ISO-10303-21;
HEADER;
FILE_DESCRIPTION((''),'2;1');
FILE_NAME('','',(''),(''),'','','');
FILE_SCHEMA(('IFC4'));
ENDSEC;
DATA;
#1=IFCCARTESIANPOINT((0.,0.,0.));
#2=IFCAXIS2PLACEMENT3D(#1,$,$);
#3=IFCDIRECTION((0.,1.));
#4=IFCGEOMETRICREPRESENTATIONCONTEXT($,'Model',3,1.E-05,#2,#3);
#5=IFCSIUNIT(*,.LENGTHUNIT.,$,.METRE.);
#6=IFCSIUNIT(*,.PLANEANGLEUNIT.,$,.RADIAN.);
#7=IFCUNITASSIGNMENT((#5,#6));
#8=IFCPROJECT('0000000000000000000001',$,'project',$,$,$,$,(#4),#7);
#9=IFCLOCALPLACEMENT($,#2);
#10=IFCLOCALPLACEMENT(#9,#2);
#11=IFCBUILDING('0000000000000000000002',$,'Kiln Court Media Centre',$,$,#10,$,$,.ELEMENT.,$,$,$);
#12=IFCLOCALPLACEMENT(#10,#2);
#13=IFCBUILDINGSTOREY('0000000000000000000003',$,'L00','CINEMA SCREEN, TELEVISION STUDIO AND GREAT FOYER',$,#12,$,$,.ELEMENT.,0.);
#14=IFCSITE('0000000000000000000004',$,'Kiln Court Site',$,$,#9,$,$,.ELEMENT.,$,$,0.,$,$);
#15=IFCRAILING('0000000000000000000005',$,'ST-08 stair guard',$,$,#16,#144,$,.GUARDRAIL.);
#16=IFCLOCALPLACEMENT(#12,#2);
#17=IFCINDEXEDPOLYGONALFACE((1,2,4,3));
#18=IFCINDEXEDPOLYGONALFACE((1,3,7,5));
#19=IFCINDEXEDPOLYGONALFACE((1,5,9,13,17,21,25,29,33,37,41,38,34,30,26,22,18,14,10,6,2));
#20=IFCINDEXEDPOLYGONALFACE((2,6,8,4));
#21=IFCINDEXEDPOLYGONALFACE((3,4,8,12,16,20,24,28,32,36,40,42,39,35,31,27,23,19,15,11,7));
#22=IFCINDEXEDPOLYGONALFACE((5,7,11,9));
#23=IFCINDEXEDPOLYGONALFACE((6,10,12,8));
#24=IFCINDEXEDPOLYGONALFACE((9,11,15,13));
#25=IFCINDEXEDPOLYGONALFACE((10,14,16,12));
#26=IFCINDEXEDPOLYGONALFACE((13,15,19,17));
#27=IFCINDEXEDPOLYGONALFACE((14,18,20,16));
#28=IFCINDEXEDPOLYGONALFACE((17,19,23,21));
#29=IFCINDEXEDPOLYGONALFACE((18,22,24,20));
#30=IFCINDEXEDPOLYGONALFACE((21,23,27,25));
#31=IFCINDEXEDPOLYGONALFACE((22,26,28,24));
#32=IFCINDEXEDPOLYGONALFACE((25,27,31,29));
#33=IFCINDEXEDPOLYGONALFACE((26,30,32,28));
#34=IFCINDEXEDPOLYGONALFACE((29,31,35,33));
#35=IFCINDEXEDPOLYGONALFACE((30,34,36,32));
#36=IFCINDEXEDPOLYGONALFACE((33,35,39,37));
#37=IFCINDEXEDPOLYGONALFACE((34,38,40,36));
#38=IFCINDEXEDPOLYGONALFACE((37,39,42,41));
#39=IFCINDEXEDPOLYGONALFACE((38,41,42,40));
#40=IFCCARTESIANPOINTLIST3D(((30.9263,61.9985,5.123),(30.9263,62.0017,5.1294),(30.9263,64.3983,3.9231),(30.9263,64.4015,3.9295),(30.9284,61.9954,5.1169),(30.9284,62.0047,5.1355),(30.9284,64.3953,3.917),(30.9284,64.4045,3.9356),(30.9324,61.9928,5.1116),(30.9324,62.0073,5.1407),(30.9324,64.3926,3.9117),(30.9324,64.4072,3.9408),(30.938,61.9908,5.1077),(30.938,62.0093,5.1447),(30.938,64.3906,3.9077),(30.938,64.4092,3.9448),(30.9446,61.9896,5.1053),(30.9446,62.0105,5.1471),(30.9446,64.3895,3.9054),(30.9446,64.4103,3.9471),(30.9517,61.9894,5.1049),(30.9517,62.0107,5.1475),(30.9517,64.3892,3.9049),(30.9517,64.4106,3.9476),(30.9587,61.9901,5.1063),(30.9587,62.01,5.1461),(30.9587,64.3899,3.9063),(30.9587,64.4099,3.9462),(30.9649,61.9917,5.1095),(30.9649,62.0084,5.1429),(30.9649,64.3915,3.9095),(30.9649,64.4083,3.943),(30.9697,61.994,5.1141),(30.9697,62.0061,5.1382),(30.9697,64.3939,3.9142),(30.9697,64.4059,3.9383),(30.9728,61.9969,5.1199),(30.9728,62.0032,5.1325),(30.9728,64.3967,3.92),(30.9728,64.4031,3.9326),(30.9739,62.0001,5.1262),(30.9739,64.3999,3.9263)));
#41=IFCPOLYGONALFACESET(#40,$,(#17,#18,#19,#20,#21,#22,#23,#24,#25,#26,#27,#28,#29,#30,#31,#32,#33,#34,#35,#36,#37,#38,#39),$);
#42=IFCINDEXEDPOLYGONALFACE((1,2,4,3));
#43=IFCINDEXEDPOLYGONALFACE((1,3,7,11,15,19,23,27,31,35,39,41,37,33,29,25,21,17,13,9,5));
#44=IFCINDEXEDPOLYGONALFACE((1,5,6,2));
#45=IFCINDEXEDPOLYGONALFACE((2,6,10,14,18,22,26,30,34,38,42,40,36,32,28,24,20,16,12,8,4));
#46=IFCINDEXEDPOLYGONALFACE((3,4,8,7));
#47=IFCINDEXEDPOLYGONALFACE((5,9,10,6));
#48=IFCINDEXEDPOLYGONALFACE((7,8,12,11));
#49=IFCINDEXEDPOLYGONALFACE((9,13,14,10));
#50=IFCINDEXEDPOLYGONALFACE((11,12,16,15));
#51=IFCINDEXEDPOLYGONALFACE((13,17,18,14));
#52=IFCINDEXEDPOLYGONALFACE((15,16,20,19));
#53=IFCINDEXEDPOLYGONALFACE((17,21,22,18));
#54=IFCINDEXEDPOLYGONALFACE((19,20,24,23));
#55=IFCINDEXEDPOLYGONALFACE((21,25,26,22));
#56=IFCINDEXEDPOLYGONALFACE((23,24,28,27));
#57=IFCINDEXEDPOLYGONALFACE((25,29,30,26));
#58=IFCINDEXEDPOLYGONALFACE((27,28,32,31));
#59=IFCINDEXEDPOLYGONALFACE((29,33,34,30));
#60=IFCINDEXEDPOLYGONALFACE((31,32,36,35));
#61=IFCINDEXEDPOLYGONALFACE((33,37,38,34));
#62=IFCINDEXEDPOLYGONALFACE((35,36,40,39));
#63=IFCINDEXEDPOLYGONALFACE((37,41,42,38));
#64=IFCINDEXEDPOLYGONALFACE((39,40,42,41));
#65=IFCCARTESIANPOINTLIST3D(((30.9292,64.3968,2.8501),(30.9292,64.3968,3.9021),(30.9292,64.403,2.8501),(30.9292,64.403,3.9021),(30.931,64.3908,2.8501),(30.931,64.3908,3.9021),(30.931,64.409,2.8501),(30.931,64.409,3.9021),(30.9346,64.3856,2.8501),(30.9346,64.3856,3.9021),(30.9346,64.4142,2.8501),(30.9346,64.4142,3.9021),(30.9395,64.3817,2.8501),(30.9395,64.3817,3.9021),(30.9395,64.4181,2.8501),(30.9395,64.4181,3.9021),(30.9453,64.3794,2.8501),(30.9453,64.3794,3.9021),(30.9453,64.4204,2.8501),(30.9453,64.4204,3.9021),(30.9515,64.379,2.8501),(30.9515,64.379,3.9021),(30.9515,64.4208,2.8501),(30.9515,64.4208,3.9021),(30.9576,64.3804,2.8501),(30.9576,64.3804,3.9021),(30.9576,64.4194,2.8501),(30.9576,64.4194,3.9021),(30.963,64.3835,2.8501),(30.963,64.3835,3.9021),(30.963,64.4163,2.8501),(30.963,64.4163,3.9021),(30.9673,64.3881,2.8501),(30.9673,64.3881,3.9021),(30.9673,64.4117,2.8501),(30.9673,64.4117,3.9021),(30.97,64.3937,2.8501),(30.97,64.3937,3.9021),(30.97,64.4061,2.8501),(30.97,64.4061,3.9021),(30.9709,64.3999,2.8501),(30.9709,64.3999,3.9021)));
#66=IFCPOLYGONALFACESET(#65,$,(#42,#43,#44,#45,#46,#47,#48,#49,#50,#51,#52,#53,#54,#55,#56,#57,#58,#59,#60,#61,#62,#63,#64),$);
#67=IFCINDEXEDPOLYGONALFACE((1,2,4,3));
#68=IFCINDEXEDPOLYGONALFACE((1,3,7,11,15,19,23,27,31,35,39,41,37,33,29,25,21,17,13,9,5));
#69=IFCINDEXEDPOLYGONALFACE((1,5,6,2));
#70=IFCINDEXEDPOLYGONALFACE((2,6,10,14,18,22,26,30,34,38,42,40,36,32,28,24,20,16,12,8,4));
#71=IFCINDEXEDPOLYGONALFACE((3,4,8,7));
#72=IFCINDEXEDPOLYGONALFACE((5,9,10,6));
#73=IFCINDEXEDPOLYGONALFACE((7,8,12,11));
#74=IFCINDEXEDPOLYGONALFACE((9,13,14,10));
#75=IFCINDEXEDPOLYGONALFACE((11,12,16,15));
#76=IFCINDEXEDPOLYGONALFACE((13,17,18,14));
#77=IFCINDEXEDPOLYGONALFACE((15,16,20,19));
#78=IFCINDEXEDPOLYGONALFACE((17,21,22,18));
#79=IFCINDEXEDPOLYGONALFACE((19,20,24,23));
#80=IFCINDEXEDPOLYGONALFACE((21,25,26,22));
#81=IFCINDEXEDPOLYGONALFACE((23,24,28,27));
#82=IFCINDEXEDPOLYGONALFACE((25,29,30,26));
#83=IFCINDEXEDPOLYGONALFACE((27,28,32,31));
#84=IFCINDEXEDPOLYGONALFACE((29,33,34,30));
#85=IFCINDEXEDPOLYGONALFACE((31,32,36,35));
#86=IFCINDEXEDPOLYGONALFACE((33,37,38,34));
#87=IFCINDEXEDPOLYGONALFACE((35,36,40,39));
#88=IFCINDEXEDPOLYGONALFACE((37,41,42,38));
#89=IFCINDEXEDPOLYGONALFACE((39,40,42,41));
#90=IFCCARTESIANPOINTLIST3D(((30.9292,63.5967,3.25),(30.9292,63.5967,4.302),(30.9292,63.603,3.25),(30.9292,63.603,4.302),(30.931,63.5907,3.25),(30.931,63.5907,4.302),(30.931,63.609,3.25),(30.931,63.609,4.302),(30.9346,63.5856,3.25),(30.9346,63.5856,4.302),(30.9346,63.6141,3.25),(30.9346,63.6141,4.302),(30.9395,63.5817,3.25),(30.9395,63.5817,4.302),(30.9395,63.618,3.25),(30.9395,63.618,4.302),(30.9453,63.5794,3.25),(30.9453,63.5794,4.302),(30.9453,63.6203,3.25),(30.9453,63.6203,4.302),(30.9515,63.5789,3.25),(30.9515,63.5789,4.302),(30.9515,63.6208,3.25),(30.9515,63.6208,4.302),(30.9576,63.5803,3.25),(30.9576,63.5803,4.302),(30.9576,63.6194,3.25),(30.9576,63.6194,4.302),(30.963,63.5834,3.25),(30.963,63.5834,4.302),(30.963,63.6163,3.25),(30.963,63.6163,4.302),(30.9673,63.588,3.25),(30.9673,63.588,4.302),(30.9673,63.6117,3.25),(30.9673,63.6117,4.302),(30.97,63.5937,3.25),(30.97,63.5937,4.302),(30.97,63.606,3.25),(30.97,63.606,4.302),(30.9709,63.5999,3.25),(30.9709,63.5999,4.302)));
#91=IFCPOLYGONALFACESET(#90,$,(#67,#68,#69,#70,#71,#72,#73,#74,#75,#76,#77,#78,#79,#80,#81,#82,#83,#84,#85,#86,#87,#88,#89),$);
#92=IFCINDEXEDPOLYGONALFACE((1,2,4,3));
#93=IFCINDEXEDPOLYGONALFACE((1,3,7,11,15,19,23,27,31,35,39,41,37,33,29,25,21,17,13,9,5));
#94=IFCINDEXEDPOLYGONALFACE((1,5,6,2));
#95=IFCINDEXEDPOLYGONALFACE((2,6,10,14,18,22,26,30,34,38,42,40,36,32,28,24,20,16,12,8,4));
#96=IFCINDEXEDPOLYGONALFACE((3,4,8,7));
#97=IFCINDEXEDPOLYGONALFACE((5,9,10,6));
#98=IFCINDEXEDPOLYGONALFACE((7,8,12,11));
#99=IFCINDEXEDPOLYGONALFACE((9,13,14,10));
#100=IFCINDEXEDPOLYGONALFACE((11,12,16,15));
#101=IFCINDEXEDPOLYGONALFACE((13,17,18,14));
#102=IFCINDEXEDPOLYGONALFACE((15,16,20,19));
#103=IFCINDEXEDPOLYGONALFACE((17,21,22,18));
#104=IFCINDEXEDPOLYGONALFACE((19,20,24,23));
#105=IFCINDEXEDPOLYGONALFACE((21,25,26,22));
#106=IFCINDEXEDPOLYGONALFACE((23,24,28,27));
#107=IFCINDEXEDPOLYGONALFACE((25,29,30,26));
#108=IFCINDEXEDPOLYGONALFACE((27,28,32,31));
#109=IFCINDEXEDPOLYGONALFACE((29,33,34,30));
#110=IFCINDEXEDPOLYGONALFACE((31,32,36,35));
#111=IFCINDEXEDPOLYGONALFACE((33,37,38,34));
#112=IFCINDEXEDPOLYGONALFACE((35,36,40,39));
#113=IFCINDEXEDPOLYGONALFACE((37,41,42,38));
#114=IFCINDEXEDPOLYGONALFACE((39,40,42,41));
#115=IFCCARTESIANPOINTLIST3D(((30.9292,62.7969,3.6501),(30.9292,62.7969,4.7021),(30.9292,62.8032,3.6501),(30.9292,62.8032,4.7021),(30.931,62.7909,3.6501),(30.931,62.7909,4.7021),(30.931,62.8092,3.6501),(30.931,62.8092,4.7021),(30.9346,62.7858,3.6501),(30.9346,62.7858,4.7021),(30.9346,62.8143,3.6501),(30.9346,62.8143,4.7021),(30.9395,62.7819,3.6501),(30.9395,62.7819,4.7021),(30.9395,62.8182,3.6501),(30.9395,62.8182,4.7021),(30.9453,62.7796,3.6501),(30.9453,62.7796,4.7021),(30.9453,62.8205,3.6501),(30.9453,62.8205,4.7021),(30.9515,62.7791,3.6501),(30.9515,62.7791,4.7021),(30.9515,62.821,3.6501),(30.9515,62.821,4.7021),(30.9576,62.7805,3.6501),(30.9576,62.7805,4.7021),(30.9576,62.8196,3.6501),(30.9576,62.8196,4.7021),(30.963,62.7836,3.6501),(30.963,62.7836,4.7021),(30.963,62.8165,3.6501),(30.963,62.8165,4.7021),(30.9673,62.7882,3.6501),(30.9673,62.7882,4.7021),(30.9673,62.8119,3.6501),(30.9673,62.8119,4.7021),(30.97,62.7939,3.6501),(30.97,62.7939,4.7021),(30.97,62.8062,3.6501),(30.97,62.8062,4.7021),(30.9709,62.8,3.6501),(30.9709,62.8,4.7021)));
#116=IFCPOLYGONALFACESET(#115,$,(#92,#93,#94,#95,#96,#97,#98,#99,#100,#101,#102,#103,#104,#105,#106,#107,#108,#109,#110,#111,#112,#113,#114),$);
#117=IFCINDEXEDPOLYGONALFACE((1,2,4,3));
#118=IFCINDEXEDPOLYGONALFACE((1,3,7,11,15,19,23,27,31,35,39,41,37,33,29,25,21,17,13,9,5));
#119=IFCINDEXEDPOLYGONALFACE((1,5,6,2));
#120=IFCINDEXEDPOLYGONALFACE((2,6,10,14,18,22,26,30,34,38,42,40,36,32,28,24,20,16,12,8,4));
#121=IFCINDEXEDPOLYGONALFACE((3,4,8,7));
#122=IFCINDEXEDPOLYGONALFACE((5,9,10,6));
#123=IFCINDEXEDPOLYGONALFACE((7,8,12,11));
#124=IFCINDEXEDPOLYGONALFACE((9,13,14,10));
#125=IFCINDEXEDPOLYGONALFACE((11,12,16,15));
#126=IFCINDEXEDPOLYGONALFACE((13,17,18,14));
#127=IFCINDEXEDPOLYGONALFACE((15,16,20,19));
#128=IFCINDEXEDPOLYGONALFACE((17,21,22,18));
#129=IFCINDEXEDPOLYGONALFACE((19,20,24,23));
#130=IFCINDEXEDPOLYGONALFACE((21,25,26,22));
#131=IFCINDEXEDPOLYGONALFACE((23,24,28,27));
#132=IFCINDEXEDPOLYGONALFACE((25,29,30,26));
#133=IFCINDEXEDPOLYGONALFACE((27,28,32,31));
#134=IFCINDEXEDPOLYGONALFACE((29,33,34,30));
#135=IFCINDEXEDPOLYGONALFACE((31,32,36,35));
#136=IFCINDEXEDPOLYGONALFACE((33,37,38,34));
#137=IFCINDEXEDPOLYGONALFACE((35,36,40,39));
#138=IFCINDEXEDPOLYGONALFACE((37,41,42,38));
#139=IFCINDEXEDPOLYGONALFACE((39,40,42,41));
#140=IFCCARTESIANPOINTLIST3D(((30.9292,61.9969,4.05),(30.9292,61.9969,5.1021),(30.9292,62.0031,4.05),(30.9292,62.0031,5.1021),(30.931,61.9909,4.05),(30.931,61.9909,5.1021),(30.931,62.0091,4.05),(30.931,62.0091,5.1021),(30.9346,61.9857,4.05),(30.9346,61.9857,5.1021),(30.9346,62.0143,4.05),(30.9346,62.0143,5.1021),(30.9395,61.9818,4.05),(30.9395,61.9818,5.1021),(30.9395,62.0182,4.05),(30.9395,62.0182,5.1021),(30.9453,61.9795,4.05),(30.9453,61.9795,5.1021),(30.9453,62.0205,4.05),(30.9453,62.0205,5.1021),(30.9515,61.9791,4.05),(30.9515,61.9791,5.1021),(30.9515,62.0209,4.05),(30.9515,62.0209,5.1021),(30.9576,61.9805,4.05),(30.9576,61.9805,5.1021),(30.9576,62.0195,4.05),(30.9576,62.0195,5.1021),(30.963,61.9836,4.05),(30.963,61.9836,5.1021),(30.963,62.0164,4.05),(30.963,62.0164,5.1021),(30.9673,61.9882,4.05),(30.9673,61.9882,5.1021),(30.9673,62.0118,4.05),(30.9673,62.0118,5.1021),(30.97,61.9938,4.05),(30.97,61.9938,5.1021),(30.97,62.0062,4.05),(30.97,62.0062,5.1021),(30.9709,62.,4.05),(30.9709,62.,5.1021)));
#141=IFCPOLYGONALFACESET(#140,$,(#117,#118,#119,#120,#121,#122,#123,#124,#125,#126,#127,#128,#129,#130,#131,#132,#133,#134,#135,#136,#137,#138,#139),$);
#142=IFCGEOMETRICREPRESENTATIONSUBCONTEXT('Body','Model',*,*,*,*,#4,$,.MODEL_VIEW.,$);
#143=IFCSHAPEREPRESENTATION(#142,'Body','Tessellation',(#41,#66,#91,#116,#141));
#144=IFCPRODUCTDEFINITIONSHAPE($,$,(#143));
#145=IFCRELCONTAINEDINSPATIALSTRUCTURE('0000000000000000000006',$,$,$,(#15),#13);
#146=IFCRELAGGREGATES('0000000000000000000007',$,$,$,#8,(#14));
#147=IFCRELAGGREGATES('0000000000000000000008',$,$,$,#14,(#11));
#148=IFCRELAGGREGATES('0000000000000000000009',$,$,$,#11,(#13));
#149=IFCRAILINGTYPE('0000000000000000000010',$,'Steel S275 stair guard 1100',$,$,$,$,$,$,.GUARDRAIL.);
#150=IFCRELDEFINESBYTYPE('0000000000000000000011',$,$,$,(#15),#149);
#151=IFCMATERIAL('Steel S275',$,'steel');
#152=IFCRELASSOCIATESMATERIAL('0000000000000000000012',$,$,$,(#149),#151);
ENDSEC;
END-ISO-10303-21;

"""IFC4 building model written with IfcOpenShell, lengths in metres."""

from ifc_helpers import new_model, si_unit, direction, frame, origin, origin_2d, place, context, subcontext, project, spatial, circle, extrude, material, type_object, element, save


model = new_model("IFC4")

# Units and contexts
model_context = context("Model", 3, precision=1e-05, world=origin(), true_north=direction((0.0, 1.0)))
body_context = subcontext(model_context, "Body", "Model", "MODEL_VIEW")
ifc_project = project(units=[si_unit("LENGTHUNIT", "METRE"), si_unit("PLANEANGLEUNIT", "RADIAN")], contexts=[model_context])

# Site, building, storey
site_placement = place(None, origin())
site = spatial("IfcSite", under=ifc_project, at=site_placement, Name="Kiln Court Site", CompositionType="ELEMENT", RefElevation=0.0)
building_placement = place(site_placement, origin())
building = spatial("IfcBuilding", under=site, at=building_placement, Name="Kiln Court Media Centre", CompositionType="ELEMENT")
storey_placement = place(building_placement, origin())
storey = spatial("IfcBuildingStorey", under=building, at=storey_placement, Name="L00", Description="CINEMA SCREEN, TELEVISION STUDIO AND GREAT FOYER", CompositionType="ELEMENT", Elevation=0.0)

# Railing
ifc_material_1 = material(Name="Steel S275", Category="steel")
railing_type_1 = type_object("IfcRailingType", Name="Steel S275 stair guard 1100", PredefinedType="GUARDRAIL", material=ifc_material_1)
railing_1_placement = place(storey_placement, frame((30.95, 64.3999, 2.8501)))
element("IfcRailing", 1, at=railing_1_placement, inside=storey, type_object=railing_type_1, Name="ST-08 stair guard", PredefinedType="GUARDRAIL", context=body_context, shape_type="SweptSolid", body=[
    extrude(circle(Radius=0.0239, at=origin_2d()), frame((0.0, 0.0, 1.0762), z_axis=(0.0, -0.894427, 0.447214), x_axis=(1.0, 0.0, 0.0)), (0.0, 0.0, 1.0), 2.6831),
    extrude(circle(Radius=0.021, at=origin_2d()), origin(), (0.0, 0.0, 1.0), 1.052),
    extrude(circle(Radius=0.021, at=origin_2d()), frame((0.0, -0.8, 0.3999)), (0.0, 0.0, 1.0), 1.052),
    extrude(circle(Radius=0.021, at=origin_2d()), frame((0.0, -1.5999, 0.8)), (0.0, 0.0, 1.0), 1.052),
    extrude(circle(Radius=0.021, at=origin_2d()), frame((0.0, -2.3999, 1.2)), (0.0, 0.0, 1.0), 1.052),
])

save(model, "model.ifc")
